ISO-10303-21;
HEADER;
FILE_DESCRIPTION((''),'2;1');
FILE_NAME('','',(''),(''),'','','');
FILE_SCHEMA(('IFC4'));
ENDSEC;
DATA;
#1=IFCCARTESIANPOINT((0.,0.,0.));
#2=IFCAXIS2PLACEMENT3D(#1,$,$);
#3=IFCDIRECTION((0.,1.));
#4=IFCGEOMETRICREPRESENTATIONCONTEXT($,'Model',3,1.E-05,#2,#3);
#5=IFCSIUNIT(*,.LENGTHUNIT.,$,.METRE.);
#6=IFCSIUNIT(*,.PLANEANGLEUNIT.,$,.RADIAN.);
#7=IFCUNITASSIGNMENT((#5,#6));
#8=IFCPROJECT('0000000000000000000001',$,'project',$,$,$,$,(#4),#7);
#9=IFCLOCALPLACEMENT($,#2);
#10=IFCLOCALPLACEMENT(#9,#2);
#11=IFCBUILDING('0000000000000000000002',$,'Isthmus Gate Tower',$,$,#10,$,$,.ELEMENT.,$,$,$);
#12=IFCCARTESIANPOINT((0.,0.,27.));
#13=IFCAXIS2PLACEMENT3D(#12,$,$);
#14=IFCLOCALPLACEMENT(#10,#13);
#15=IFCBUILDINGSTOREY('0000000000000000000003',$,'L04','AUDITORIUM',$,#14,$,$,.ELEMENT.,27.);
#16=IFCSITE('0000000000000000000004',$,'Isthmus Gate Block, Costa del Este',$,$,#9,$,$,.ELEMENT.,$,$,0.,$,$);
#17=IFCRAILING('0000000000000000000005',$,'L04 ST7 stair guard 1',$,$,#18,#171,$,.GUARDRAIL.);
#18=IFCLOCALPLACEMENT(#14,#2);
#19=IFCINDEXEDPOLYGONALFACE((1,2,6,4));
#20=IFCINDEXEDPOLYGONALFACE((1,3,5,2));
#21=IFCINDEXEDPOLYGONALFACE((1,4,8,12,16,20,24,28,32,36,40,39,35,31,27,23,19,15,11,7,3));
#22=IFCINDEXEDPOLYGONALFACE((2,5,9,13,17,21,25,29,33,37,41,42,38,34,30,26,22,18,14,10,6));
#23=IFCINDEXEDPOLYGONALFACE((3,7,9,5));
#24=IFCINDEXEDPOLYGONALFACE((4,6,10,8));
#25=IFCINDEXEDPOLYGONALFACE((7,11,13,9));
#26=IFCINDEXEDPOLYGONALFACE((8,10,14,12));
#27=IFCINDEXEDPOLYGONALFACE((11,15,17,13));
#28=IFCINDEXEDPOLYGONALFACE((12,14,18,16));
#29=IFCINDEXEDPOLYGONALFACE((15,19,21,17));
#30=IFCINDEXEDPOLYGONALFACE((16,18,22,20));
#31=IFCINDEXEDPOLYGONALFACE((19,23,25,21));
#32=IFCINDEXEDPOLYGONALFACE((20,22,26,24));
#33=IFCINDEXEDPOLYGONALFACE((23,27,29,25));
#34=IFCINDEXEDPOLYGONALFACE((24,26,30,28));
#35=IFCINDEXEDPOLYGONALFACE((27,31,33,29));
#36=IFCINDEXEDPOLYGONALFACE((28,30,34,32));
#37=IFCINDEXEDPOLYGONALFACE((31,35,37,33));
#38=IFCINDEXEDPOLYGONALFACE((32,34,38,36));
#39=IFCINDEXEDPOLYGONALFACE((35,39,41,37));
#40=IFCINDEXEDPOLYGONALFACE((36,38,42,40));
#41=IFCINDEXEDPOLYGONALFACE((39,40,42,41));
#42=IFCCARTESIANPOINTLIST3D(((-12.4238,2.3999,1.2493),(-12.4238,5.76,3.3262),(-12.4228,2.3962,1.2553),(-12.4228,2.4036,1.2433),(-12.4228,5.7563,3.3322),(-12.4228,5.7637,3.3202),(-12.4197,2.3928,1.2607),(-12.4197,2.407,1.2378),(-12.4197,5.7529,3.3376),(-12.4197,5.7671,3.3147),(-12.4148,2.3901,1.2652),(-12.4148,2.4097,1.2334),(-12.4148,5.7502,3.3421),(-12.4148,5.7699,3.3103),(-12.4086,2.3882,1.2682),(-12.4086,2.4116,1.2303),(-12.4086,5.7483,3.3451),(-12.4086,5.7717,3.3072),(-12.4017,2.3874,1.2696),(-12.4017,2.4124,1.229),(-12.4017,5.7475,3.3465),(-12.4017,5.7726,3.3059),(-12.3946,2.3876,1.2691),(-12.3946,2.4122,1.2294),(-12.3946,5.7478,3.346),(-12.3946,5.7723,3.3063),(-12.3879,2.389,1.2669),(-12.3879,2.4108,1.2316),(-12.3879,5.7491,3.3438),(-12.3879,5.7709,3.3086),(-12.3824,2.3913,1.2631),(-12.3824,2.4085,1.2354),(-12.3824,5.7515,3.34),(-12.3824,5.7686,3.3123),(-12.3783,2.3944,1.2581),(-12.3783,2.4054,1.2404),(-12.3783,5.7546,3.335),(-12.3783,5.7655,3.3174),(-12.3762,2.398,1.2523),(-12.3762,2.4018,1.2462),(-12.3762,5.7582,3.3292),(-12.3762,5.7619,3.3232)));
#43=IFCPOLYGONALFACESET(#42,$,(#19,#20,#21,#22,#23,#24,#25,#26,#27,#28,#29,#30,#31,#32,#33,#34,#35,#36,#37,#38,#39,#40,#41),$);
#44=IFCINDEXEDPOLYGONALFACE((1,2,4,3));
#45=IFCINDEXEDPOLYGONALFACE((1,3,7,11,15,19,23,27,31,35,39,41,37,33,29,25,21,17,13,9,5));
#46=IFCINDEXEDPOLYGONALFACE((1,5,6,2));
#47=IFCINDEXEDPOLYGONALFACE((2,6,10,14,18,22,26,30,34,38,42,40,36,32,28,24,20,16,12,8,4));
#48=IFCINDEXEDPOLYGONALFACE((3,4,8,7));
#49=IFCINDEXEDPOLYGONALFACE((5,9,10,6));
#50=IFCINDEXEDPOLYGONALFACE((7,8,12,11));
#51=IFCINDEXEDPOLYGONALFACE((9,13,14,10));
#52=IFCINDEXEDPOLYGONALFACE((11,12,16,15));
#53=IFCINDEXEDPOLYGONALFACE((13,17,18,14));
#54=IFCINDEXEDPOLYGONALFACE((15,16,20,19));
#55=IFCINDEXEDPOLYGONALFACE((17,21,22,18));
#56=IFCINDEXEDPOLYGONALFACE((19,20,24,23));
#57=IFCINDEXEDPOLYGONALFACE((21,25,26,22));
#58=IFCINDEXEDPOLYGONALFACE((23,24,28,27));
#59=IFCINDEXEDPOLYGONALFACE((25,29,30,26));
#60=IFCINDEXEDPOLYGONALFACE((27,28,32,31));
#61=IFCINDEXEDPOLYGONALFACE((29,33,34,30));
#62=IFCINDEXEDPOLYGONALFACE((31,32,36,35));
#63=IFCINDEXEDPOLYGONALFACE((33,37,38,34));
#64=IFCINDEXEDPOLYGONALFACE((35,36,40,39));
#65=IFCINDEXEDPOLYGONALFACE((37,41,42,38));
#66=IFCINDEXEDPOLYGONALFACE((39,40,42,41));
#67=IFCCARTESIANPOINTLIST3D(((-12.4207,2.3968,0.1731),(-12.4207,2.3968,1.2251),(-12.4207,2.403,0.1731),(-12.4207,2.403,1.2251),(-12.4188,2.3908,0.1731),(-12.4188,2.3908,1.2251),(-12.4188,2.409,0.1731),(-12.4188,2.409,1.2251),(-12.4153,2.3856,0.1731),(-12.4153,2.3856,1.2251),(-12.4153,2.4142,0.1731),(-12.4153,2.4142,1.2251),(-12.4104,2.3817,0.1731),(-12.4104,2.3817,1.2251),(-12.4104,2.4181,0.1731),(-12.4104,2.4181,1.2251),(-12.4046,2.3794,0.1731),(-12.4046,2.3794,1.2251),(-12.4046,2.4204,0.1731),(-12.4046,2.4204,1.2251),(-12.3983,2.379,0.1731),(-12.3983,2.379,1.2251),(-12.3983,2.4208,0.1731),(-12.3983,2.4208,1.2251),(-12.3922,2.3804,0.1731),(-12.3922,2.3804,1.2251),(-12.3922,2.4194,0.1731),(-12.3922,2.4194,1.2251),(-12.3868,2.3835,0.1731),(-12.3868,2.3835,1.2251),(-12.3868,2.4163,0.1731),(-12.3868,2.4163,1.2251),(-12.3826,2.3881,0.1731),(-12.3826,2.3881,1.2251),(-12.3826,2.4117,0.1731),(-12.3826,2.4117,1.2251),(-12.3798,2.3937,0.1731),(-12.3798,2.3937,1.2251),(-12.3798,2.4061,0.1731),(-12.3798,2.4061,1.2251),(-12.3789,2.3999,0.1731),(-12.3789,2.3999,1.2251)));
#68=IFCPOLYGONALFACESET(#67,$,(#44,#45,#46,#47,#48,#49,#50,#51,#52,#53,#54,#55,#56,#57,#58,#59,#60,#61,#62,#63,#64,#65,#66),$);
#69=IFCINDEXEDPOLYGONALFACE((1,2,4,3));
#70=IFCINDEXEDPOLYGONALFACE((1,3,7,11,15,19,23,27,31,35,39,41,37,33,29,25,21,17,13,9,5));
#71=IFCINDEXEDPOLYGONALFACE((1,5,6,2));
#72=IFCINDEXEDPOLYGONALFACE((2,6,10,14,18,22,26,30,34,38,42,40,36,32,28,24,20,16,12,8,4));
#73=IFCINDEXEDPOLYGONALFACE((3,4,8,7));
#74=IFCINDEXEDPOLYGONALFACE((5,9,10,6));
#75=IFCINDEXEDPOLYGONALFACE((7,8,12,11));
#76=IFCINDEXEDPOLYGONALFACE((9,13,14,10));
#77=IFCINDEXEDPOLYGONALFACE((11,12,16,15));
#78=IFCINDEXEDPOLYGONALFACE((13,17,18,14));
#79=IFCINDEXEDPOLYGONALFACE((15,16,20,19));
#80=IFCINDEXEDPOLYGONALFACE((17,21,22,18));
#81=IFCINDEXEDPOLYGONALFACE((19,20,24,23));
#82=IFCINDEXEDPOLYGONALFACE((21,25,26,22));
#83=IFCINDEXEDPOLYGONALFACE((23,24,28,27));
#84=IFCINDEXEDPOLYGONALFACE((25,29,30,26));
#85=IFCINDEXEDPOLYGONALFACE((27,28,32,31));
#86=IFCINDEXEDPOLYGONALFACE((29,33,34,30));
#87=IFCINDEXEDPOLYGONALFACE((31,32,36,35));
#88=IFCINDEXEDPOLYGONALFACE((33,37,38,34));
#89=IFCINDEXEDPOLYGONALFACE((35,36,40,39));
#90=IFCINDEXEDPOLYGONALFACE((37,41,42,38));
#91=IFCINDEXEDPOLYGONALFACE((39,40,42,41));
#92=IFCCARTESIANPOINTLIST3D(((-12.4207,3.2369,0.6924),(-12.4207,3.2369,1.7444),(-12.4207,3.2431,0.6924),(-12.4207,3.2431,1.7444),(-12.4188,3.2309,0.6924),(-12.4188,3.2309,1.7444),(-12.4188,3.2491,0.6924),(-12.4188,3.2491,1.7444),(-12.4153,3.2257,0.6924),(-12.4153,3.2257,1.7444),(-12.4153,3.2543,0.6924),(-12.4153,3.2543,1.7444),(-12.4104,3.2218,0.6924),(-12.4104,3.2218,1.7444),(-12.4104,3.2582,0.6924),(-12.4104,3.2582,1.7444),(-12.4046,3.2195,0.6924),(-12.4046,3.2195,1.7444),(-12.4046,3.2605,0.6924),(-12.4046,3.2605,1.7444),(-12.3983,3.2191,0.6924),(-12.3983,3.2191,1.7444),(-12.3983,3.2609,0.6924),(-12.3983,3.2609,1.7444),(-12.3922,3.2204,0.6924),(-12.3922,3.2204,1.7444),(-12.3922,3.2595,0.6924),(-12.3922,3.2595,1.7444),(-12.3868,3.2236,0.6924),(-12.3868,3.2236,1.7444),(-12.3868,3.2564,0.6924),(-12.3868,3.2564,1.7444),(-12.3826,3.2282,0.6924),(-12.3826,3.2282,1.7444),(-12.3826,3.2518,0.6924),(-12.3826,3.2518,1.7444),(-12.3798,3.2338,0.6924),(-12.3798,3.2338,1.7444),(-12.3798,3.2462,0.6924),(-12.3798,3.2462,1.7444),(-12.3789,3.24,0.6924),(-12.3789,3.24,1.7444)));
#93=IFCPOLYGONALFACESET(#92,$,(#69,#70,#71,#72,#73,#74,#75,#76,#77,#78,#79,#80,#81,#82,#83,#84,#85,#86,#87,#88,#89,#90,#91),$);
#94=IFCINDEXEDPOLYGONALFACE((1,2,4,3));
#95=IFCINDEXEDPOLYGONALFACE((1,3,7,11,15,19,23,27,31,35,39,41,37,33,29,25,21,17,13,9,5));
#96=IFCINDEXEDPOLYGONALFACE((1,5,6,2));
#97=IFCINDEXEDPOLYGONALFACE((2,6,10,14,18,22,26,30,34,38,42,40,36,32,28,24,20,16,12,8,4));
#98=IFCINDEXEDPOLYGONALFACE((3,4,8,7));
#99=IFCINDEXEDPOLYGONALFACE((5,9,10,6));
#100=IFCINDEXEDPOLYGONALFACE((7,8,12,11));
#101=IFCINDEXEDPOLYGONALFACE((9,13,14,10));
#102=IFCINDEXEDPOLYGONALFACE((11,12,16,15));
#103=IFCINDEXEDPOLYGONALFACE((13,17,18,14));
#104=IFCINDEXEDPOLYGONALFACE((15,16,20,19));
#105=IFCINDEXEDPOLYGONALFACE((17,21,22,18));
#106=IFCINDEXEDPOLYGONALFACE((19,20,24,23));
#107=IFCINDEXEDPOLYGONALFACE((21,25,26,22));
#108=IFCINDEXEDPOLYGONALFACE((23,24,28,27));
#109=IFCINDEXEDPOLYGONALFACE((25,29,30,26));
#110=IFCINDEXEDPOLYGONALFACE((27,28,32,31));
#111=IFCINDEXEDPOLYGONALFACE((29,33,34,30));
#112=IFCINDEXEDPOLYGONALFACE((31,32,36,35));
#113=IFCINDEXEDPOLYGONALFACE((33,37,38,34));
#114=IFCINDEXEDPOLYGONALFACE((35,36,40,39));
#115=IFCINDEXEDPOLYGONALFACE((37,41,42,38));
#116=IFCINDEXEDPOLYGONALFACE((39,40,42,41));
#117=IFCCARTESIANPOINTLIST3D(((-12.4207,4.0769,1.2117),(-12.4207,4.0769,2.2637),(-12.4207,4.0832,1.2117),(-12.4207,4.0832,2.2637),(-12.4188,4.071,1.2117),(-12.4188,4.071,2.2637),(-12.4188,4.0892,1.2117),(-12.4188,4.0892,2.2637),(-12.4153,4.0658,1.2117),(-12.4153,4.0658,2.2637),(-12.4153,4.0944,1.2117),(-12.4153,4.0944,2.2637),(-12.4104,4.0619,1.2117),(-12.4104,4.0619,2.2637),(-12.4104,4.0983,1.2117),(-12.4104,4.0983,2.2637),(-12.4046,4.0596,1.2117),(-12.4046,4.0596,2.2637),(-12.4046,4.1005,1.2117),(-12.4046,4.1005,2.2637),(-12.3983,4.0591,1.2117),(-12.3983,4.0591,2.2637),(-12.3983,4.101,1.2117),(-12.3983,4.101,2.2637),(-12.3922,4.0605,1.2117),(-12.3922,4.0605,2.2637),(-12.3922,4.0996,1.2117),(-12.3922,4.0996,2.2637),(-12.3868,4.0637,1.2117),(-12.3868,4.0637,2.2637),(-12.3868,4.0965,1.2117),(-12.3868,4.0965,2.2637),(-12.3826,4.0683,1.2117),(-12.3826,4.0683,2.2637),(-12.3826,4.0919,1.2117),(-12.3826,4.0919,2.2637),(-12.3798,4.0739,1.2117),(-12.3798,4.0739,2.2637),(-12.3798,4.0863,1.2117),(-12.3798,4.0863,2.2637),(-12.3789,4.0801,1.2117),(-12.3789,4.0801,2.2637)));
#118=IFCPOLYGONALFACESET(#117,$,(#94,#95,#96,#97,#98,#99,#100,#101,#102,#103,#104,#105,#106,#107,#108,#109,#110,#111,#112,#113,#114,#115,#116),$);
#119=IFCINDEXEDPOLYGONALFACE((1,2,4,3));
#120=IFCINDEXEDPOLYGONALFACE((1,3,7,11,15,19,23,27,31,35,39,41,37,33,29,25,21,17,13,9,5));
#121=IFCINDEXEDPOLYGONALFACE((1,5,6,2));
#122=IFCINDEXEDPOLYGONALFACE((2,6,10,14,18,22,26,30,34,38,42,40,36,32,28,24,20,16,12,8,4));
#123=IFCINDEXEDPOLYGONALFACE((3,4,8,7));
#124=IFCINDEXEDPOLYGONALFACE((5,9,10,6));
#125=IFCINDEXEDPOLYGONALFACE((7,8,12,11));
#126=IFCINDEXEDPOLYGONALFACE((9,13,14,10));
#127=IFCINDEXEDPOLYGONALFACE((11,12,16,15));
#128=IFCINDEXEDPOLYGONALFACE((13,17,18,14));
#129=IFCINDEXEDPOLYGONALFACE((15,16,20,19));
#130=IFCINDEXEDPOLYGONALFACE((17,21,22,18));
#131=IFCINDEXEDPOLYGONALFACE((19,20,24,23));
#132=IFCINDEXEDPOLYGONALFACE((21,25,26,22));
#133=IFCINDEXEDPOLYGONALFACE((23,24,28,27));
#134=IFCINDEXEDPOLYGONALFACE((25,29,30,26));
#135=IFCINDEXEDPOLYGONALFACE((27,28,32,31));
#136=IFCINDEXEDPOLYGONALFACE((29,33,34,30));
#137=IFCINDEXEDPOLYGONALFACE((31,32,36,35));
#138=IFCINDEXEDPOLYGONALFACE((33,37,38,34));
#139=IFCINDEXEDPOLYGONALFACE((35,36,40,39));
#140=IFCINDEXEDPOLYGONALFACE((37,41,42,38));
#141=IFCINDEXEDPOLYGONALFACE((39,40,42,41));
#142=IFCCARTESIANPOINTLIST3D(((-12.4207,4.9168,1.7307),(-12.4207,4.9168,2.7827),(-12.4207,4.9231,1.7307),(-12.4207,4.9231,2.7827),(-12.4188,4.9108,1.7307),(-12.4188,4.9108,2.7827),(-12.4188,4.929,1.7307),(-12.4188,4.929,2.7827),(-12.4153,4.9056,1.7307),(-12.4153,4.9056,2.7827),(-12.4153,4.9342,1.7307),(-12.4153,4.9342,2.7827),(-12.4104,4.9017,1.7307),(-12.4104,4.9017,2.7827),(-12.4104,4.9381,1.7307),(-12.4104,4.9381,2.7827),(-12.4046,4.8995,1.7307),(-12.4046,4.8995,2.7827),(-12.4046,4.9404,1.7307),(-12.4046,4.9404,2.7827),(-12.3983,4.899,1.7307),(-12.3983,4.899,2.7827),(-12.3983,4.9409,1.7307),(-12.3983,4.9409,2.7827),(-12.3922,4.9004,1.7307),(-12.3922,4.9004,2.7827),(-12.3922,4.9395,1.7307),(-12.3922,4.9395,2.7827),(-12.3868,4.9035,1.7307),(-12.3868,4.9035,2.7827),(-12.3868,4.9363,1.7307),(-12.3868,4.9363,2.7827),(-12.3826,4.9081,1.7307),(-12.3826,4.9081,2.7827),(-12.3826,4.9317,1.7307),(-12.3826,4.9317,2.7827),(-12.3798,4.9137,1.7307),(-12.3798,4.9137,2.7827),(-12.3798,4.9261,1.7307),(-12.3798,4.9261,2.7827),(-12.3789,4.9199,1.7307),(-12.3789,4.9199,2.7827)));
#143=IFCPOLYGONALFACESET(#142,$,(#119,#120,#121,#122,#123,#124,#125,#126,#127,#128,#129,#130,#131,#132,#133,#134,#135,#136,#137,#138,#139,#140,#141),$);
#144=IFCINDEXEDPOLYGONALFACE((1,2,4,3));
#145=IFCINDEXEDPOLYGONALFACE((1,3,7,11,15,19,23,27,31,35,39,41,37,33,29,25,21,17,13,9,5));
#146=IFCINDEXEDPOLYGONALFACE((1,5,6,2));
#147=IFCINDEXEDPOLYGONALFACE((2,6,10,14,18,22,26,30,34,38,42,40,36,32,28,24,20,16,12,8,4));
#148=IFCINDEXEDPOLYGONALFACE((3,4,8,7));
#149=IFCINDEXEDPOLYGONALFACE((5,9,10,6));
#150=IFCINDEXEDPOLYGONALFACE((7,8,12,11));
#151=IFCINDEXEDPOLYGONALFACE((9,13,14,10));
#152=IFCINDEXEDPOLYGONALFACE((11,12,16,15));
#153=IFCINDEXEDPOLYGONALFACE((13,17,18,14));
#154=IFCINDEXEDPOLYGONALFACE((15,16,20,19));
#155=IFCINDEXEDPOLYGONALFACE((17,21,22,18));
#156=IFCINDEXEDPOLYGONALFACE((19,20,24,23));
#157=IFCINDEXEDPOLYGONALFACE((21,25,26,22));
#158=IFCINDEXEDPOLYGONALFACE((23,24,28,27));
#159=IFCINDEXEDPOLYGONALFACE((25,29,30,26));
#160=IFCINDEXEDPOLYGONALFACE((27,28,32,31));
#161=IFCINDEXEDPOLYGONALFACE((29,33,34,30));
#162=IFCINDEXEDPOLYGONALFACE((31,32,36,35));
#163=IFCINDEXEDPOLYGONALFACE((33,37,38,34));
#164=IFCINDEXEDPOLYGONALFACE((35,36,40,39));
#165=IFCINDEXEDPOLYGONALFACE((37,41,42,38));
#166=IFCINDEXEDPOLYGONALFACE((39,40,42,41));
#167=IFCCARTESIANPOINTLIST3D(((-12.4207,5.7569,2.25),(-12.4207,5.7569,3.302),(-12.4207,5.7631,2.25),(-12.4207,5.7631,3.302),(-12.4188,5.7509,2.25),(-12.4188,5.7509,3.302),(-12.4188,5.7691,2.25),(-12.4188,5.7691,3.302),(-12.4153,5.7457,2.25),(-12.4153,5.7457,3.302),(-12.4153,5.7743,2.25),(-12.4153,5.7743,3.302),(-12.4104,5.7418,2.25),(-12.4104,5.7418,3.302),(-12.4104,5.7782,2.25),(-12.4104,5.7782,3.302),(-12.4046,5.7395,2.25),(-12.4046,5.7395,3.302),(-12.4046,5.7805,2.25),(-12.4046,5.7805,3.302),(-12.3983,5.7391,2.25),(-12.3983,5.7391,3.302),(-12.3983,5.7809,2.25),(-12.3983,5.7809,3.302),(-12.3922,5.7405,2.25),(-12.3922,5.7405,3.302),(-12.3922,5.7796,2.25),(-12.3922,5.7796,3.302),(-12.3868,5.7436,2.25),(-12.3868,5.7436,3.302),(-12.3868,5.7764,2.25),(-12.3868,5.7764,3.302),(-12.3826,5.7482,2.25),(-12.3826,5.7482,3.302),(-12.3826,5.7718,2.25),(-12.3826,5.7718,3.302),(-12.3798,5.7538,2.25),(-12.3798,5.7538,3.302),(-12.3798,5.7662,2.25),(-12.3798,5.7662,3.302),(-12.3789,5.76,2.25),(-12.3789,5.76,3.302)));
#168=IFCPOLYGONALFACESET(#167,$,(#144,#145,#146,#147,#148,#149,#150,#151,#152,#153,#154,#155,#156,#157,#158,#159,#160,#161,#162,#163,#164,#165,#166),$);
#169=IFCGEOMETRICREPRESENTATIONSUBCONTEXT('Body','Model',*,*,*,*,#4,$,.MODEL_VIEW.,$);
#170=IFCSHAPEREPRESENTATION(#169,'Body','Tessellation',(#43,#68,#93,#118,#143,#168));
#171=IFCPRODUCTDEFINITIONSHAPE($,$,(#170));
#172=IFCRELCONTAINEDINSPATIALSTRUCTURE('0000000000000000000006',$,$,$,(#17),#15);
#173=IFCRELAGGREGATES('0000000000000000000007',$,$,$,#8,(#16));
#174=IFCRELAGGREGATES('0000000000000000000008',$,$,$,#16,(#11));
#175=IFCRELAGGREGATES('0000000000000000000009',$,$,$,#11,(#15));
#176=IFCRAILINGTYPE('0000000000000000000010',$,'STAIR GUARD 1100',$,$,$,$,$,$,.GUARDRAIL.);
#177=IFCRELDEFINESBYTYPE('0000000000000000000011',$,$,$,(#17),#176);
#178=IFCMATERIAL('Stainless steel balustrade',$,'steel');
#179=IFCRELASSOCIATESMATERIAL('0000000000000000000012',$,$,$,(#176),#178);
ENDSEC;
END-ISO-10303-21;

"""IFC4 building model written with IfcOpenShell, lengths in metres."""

from ifc_helpers import new_model, si_unit, direction, frame, origin, origin_2d, place, context, subcontext, project, spatial, circle, extrude, material, type_object, element, save


model = new_model("IFC4")

# Units and contexts
model_context = context("Model", 3, precision=1e-05, world=origin(), true_north=direction((0.0, 1.0)))
body_context = subcontext(model_context, "Body", "Model", "MODEL_VIEW")
ifc_project = project(units=[si_unit("LENGTHUNIT", "METRE"), si_unit("PLANEANGLEUNIT", "RADIAN")], contexts=[model_context])

# Site, building, storey
site_placement = place(None, origin())
site = spatial("IfcSite", under=ifc_project, at=site_placement, Name="Isthmus Gate Block, Costa del Este", CompositionType="ELEMENT", RefElevation=0.0)
building_placement = place(site_placement, origin())
building = spatial("IfcBuilding", under=site, at=building_placement, Name="Isthmus Gate Tower", CompositionType="ELEMENT")
storey_placement = place(building_placement, frame((0.0, 0.0, 27.0)))
storey = spatial("IfcBuildingStorey", under=building, at=storey_placement, Name="L04", Description="AUDITORIUM", CompositionType="ELEMENT", Elevation=27.0)

# Railing
ifc_material_1 = material(Name="Stainless steel balustrade", Category="steel")
railing_type_1 = type_object("IfcRailingType", Name="STAIR GUARD 1100", PredefinedType="GUARDRAIL", material=ifc_material_1)
railing_1_placement = place(storey_placement, frame((-12.3999, 2.3999, 0.1731)))
element("IfcRailing", 1, at=railing_1_placement, inside=storey, type_object=railing_type_1, Name="L04 ST7 stair guard 1", PredefinedType="GUARDRAIL", context=body_context, shape_type="SweptSolid", body=[
    extrude(circle(Radius=0.0239, at=origin_2d()), frame((0.0, 0.0, 1.0762), z_axis=(0.0, 0.850623, 0.525776), x_axis=(-1.0, 0.0, 0.0)), (0.0, 0.0, 1.0), 3.9502),
    extrude(circle(Radius=0.021, at=origin_2d()), origin(), (0.0, 0.0, 1.0), 1.052),
    extrude(circle(Radius=0.021, at=origin_2d()), frame((0.0, 0.8401, 0.5193)), (0.0, 0.0, 1.0), 1.052),
    extrude(circle(Radius=0.021, at=origin_2d()), frame((0.0, 1.6802, 1.0386)), (0.0, 0.0, 1.0), 1.052),
    extrude(circle(Radius=0.021, at=origin_2d()), frame((0.0, 2.52, 1.5576)), (0.0, 0.0, 1.0), 1.052),
    extrude(circle(Radius=0.021, at=origin_2d()), frame((0.0, 3.3601, 2.0769)), (0.0, 0.0, 1.0), 1.052),
])

save(model, "model.ifc")
